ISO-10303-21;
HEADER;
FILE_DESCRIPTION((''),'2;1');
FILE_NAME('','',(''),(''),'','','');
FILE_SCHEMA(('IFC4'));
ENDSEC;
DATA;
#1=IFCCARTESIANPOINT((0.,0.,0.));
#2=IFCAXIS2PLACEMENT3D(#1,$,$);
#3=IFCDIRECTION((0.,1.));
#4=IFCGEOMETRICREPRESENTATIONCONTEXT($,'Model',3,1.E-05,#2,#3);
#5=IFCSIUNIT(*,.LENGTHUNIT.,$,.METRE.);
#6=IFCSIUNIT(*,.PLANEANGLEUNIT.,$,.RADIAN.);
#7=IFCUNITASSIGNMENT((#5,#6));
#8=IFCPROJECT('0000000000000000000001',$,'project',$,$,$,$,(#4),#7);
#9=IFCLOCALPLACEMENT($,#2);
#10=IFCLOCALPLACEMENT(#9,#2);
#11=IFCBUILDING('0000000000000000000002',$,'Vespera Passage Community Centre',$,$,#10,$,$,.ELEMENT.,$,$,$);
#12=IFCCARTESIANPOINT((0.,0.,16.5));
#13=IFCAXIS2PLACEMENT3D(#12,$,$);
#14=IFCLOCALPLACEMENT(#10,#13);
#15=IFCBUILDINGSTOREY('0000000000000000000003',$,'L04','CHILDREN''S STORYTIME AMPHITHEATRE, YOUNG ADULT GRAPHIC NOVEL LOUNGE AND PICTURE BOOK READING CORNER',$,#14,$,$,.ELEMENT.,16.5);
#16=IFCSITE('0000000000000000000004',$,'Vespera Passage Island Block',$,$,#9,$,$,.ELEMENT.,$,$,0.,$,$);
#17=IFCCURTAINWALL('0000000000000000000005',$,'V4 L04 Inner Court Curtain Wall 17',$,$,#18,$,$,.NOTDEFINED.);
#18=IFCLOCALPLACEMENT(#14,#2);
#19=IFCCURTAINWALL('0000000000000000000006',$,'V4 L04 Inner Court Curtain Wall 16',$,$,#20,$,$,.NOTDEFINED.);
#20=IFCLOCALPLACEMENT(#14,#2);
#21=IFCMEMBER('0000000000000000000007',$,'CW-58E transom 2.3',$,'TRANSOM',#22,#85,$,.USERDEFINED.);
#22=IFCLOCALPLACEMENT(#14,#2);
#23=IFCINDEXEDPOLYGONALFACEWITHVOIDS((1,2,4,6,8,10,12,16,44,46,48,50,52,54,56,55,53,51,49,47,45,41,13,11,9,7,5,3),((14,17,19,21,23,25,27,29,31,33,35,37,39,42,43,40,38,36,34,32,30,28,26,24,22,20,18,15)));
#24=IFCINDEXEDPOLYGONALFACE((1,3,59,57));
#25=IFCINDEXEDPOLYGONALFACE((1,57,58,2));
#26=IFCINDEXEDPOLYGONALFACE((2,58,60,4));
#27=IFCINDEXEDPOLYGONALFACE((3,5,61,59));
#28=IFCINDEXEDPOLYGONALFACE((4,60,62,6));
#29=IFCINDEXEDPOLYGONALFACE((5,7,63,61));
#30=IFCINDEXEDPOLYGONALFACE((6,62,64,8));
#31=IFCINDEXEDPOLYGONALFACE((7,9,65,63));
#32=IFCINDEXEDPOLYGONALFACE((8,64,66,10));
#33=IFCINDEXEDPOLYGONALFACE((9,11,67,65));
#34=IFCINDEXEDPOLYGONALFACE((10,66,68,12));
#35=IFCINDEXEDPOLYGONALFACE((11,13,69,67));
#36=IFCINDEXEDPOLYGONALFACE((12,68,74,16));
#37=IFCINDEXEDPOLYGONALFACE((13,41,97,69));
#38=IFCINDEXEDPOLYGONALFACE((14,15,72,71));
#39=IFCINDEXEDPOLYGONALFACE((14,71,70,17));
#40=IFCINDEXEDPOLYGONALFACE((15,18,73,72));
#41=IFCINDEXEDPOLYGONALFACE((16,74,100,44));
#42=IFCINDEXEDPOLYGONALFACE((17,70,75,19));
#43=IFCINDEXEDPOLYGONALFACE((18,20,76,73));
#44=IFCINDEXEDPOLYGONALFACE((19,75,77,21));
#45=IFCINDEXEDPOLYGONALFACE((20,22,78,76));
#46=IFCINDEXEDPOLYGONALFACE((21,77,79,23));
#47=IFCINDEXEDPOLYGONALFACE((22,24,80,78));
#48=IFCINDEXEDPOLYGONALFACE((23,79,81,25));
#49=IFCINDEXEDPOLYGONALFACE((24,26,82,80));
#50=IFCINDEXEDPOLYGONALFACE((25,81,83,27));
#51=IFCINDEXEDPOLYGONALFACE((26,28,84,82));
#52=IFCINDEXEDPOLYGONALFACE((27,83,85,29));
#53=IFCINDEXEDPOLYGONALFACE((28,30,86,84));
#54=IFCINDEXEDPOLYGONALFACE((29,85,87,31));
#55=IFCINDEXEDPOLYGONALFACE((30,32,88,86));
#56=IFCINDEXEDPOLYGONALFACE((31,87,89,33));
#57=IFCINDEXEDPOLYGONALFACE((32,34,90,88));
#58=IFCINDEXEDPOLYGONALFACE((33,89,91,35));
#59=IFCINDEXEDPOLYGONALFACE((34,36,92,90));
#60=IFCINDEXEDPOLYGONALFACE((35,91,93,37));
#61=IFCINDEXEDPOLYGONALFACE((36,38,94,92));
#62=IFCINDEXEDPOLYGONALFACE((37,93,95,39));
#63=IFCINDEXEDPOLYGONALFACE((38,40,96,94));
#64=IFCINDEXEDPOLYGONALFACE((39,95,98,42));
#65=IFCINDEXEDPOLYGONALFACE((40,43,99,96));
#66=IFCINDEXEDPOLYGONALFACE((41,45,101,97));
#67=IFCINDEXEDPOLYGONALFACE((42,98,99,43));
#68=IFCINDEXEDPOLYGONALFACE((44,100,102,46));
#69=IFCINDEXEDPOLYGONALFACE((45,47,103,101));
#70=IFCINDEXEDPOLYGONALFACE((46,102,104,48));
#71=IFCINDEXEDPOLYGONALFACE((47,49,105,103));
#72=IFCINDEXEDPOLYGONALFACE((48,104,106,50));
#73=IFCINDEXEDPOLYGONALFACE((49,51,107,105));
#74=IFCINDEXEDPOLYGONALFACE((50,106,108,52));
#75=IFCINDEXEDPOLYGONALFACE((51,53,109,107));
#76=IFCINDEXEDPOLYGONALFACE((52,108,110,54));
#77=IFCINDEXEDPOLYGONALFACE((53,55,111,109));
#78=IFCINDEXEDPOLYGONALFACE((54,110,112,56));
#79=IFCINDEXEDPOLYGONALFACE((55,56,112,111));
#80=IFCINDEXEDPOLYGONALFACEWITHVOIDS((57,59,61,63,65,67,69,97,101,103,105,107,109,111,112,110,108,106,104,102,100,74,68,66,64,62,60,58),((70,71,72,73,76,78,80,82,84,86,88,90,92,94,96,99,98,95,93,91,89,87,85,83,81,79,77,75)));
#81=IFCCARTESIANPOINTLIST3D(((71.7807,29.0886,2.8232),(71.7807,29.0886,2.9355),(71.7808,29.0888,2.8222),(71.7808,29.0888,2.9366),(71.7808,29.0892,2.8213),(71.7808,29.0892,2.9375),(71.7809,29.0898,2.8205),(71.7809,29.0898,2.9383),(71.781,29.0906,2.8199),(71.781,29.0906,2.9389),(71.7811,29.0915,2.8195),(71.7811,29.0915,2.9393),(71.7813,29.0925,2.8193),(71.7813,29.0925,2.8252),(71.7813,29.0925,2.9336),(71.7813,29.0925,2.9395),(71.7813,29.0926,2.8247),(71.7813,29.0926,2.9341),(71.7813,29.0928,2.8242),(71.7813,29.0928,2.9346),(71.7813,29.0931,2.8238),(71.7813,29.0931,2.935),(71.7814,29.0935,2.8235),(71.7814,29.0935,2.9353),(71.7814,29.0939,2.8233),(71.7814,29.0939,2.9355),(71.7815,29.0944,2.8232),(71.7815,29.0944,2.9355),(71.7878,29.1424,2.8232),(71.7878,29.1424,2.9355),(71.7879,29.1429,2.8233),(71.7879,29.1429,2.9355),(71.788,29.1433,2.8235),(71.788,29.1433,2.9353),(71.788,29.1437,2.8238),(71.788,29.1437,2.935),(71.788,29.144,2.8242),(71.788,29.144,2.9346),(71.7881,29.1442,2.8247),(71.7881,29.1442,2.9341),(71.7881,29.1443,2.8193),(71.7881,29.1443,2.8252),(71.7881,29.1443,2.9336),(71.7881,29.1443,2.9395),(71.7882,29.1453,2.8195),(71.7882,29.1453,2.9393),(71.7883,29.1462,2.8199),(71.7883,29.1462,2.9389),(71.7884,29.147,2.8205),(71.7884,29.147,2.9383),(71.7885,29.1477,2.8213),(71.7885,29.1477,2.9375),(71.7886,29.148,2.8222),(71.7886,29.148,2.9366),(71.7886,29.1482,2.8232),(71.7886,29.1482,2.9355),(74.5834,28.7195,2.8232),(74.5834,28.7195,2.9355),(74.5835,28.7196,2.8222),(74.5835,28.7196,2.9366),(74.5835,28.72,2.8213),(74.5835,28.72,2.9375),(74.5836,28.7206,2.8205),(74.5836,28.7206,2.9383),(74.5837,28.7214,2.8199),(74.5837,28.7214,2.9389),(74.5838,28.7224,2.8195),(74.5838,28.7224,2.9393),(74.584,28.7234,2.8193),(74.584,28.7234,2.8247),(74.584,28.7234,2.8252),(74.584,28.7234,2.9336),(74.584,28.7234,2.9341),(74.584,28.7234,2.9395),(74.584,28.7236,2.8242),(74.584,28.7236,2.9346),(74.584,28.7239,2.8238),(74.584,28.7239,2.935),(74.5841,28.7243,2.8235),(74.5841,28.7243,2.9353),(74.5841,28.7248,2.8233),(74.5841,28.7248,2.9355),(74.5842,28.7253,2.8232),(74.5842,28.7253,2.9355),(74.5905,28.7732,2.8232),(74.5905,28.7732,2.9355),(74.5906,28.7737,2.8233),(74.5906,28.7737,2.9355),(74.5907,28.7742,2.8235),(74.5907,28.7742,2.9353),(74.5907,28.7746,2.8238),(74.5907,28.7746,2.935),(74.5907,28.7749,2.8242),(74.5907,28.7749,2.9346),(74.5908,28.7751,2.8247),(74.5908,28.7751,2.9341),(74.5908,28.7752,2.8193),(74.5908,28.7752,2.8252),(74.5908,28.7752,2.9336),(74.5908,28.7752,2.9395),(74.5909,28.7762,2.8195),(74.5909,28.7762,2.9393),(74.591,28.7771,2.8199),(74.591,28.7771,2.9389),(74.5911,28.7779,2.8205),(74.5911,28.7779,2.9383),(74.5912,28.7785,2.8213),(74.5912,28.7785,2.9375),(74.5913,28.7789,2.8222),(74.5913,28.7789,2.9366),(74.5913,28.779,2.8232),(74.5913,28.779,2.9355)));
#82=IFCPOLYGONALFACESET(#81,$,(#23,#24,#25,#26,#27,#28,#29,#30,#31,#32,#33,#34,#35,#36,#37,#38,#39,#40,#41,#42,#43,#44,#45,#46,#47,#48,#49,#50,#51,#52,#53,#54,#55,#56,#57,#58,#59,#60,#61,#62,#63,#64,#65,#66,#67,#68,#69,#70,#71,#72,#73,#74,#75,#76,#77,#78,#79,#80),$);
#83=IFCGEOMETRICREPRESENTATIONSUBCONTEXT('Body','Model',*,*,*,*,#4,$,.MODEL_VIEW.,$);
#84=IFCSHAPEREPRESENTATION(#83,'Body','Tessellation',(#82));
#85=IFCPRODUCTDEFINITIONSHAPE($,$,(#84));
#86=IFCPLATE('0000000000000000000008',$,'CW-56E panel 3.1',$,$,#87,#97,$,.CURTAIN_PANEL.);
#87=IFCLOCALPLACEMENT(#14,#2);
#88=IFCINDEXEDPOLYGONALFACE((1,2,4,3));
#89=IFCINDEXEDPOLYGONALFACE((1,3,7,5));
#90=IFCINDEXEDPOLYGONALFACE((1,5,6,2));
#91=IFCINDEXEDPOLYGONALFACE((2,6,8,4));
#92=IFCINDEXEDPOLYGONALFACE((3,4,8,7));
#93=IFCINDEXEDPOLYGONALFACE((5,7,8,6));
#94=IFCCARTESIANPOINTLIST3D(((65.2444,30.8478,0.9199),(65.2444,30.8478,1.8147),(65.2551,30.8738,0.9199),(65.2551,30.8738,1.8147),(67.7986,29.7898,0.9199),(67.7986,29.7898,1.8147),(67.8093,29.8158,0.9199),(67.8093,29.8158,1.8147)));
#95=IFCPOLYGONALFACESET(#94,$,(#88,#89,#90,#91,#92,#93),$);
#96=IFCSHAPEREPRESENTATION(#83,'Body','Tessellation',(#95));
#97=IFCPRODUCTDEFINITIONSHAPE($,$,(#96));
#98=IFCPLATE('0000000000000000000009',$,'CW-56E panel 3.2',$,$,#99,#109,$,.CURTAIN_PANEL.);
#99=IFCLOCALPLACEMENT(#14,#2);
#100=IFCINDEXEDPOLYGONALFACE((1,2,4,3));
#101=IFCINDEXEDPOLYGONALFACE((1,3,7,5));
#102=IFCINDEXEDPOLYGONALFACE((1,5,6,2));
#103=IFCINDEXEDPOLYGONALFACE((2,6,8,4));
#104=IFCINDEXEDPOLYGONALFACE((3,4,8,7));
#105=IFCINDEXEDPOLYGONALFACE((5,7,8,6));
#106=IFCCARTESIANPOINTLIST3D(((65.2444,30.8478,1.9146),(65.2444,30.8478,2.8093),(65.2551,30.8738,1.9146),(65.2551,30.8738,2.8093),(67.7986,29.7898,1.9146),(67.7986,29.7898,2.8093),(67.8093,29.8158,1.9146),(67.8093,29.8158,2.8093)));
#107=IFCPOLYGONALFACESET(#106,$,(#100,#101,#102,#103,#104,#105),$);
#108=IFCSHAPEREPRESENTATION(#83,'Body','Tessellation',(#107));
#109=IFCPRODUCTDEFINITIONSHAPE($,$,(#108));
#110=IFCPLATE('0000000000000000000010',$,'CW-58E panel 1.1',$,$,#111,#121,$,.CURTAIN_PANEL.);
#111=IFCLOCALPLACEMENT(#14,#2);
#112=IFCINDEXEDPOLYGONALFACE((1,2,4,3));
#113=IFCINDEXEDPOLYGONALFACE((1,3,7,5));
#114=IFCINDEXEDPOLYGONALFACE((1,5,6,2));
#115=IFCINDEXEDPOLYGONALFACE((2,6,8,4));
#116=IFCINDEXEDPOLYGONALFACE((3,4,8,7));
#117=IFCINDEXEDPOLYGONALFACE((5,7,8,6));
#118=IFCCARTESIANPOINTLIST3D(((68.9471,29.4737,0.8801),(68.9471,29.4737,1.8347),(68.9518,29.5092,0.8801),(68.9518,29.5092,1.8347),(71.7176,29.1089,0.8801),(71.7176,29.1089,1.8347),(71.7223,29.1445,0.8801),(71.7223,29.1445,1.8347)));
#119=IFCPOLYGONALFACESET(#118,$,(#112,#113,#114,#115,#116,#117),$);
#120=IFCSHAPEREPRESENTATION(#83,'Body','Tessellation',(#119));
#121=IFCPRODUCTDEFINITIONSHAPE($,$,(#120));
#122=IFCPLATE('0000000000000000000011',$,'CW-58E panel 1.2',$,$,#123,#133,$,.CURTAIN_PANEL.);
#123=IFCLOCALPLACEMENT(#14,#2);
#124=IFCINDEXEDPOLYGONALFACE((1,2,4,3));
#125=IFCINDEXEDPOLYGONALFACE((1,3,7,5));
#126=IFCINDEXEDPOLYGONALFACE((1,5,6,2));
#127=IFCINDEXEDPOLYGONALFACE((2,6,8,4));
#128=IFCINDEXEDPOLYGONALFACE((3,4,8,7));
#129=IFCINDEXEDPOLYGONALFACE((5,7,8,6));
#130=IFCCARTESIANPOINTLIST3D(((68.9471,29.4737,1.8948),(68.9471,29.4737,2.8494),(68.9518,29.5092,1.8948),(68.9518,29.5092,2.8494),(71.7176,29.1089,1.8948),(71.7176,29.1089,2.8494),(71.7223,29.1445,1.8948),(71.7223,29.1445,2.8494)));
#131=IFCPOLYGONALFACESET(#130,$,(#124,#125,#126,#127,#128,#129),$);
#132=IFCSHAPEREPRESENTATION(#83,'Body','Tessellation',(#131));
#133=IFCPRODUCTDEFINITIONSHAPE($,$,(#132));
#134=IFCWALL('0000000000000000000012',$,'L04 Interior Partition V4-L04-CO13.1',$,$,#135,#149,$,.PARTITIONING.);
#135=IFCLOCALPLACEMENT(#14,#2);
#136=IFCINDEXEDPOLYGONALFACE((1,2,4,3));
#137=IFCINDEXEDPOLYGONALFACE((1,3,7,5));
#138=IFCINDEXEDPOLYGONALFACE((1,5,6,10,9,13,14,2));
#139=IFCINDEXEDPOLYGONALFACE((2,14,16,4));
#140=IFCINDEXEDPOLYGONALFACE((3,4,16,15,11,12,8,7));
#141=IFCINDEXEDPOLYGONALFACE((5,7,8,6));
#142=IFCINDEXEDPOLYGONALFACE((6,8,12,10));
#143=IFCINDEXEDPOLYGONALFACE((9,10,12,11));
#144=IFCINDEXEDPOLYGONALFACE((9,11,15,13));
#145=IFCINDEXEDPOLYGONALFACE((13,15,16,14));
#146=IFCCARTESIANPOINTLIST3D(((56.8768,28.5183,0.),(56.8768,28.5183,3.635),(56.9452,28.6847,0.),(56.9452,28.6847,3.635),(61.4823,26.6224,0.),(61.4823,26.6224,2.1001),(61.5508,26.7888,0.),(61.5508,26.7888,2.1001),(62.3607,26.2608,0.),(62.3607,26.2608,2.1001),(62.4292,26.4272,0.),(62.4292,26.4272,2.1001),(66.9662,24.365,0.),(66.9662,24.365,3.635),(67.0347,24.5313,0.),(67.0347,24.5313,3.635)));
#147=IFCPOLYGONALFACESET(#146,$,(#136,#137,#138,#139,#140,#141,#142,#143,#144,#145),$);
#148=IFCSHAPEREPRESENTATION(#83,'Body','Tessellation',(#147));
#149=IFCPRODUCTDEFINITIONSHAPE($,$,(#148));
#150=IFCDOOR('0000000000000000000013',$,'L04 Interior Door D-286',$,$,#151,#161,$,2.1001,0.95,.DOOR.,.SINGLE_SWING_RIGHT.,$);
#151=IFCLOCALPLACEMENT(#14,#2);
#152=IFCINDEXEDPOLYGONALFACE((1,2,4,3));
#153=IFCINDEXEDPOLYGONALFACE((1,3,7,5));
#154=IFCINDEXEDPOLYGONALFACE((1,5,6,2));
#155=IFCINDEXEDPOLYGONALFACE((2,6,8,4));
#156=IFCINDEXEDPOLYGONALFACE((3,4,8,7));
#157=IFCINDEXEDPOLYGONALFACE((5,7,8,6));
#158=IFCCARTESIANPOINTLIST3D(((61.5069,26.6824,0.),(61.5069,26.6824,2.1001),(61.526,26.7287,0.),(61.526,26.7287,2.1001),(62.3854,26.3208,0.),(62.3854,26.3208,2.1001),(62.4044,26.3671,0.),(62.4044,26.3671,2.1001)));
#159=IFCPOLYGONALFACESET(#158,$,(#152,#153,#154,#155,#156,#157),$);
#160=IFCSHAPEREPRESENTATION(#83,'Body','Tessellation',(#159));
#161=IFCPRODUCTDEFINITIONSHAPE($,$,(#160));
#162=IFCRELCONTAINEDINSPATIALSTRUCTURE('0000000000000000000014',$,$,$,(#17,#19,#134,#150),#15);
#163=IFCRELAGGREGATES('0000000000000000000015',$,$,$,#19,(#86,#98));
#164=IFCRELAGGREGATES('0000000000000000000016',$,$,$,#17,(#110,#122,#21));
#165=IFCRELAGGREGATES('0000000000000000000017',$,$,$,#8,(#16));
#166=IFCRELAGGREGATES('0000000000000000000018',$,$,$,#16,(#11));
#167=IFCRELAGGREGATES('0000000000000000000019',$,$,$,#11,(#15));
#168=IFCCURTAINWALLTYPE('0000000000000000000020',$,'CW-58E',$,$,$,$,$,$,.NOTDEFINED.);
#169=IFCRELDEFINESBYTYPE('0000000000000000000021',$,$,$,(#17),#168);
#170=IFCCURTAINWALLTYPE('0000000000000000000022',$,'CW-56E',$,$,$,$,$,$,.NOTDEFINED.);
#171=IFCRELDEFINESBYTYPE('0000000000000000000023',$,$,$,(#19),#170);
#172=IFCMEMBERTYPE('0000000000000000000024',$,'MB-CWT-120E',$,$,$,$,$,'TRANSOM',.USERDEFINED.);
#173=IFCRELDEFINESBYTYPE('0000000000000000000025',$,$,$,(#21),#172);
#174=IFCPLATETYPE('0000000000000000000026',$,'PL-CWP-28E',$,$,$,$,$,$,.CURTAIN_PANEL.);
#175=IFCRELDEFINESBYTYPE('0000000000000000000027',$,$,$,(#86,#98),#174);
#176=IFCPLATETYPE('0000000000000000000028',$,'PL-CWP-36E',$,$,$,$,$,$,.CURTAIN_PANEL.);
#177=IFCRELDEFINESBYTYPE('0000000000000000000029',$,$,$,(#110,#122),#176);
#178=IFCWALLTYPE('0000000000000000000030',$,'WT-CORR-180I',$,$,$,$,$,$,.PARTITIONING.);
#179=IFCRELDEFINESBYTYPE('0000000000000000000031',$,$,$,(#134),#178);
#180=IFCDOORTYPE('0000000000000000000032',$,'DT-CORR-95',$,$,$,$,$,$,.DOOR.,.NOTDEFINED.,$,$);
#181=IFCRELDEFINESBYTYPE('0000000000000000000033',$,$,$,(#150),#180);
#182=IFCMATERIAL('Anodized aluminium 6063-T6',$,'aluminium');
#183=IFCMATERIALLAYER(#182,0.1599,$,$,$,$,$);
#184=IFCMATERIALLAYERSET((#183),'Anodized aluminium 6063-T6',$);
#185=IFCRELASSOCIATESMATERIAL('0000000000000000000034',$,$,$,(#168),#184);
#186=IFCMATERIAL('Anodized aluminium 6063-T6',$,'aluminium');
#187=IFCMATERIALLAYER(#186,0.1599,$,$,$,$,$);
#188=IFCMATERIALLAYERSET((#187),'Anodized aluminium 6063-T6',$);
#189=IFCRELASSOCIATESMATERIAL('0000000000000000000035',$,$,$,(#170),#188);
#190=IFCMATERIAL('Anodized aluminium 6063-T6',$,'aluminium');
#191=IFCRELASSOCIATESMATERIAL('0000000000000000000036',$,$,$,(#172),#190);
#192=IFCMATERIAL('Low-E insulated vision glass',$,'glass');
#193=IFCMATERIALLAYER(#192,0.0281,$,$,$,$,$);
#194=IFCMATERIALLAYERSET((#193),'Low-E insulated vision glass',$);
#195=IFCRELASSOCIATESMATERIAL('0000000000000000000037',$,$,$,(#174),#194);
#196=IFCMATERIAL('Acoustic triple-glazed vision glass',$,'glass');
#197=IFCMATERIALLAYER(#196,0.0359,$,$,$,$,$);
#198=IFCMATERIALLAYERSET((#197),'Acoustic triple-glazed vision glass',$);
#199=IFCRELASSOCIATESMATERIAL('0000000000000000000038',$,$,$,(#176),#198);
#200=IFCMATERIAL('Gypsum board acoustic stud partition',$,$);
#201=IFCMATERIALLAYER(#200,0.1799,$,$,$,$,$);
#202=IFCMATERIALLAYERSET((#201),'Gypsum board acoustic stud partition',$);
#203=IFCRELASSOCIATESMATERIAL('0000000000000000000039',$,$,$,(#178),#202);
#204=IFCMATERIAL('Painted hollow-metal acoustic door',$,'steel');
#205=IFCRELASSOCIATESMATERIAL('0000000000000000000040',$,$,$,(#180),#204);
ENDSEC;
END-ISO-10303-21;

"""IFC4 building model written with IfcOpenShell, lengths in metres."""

from ifc_helpers import new_model, si_unit, direction, frame, frame_2d, origin, origin_2d, place, context, subcontext, project, spatial, rectangle, hollow_rectangle, extrude, material, layer, layer_set, material_profile, profile_set, type_object, element, fill, aggregate, save


model = new_model("IFC4")

# Units and contexts
model_context = context("Model", 3, precision=1e-05, world=origin(), true_north=direction((0.0, 1.0)))
body_context = subcontext(model_context, "Body", "Model", "MODEL_VIEW")
ifc_project = project(units=[si_unit("LENGTHUNIT", "METRE"), si_unit("PLANEANGLEUNIT", "RADIAN")], contexts=[model_context])

# Site, building, storey
site_placement = place(None, origin())
site = spatial("IfcSite", under=ifc_project, at=site_placement, Name="Vespera Passage Island Block", CompositionType="ELEMENT", RefElevation=0.0)
building_placement = place(site_placement, origin())
building = spatial("IfcBuilding", under=site, at=building_placement, Name="Vespera Passage Community Centre", CompositionType="ELEMENT")
storey_placement = place(building_placement, frame((0.0, 0.0, 16.5)))
storey = spatial("IfcBuildingStorey", under=building, at=storey_placement, Name="L04", Description="CHILDREN'S STORYTIME AMPHITHEATRE, YOUNG ADULT GRAPHIC NOVEL LOUNGE AND PICTURE BOOK READING CORNER", CompositionType="ELEMENT", Elevation=16.5)

# Curtain walls
ifc_material_1 = material(Name="Anodized aluminium 6063-T6", Category="aluminium")
ifc_layer_1 = layer(ifc_material_1, 0.1599)
ifc_layer_set_1 = layer_set([ifc_layer_1], Name="Anodized aluminium 6063-T6")
curtain_wall_type_1 = type_object("IfcCurtainWallType", Name="CW-58E", PredefinedType="NOTDEFINED", material=ifc_layer_set_1)
curtain_wall_1_placement = place(storey_placement, origin())
curtain_wall_1 = element("IfcCurtainWall", 1, at=curtain_wall_1_placement, inside=storey, type_object=curtain_wall_type_1, Name="V4 L04 Inner Court Curtain Wall 17", PredefinedType="NOTDEFINED")
ifc_material_2 = material(Name="Anodized aluminium 6063-T6", Category="aluminium")
ifc_layer_2 = layer(ifc_material_2, 0.1599)
ifc_layer_set_2 = layer_set([ifc_layer_2], Name="Anodized aluminium 6063-T6")
curtain_wall_type_2 = type_object("IfcCurtainWallType", Name="CW-56E", PredefinedType="NOTDEFINED", material=ifc_layer_set_2)
curtain_wall_2_placement = place(storey_placement, origin())
curtain_wall_2 = element("IfcCurtainWall", 2, at=curtain_wall_2_placement, inside=storey, type_object=curtain_wall_type_2, Name="V4 L04 Inner Court Curtain Wall 16", PredefinedType="NOTDEFINED")

# Member
ifc_material_3 = material(Name="Anodized aluminium 6063-T6", Category="aluminium")
ifc_material_profile_1 = material_profile(ifc_material_3, hollow_rectangle(XDim=0.0601, YDim=0.1201, WallThickness=0.0039, InnerFilletRadius=0.002, OuterFilletRadius=0.0039, at=origin_2d()), Name="ALU120X60X4")
ifc_profile_set_1 = profile_set([ifc_material_profile_1], Name="Anodized aluminium 6063-T6")
member_type_1 = type_object("IfcMemberType", Name="MB-CWT-120E", ElementType="TRANSOM", PredefinedType="USERDEFINED", material=ifc_profile_set_1)
member_1_placement = place(storey_placement, frame((71.7847, 29.1184, 2.8794), z_axis=(0.991438, -0.13058, 0.0), x_axis=(0.13058, 0.991438, 0.0)))
member_1 = element("IfcMember", 3, at=member_1_placement, type_object=member_type_1, Name="CW-58E transom 2.3", ObjectType="TRANSOM", PredefinedType="USERDEFINED", context=body_context, shape_type="SweptSolid", body=[
    extrude(hollow_rectangle(XDim=0.0601, YDim=0.1201, WallThickness=0.0039, InnerFilletRadius=0.002, OuterFilletRadius=0.0039, at=origin_2d()), origin(), (0.0, 0.0, 1.0), 2.8269),
])

# Plates
ifc_material_4 = material(Name="Low-E insulated vision glass", Category="glass")
ifc_layer_3 = layer(ifc_material_4, 0.0281)
ifc_layer_set_3 = layer_set([ifc_layer_3], Name="Low-E insulated vision glass")
plate_type_1 = type_object("IfcPlateType", Name="PL-CWP-28E", PredefinedType="CURTAIN_PANEL", material=ifc_layer_set_3)
plate_1_placement = place(storey_placement, frame((66.5269, 30.3318, 0.9199), z_axis=(0.0, 0.0, 1.0), x_axis=(0.923877, -0.38269, 0.0)))
plate_1 = element("IfcPlate", 4, at=plate_1_placement, type_object=plate_type_1, Name="CW-56E panel 3.1", PredefinedType="CURTAIN_PANEL", context=body_context, shape_type="SweptSolid", body=[
    extrude(rectangle(XDim=2.7646, YDim=0.0281, at=origin_2d()), origin(), (0.0, 0.0, 1.0), 0.8948),
])
plate_2_placement = place(storey_placement, frame((66.5269, 30.3318, 1.9146), z_axis=(0.0, 0.0, 1.0), x_axis=(0.923877, -0.38269, 0.0)))
plate_2 = element("IfcPlate", 5, at=plate_2_placement, type_object=plate_type_1, Name="CW-56E panel 3.2", PredefinedType="CURTAIN_PANEL", context=body_context, shape_type="SweptSolid", body=[
    extrude(rectangle(XDim=2.7646, YDim=0.0281, at=origin_2d()), origin(), (0.0, 0.0, 1.0), 0.8948),
])
aggregate(curtain_wall_2, [plate_1, plate_2])
ifc_material_5 = material(Name="Acoustic triple-glazed vision glass", Category="glass")
ifc_layer_4 = layer(ifc_material_5, 0.0359)
ifc_layer_set_4 = layer_set([ifc_layer_4], Name="Acoustic triple-glazed vision glass")
plate_type_2 = type_object("IfcPlateType", Name="PL-CWP-36E", PredefinedType="CURTAIN_PANEL", material=ifc_layer_set_4)
plate_3_placement = place(storey_placement, frame((70.3347, 29.3091, 0.8801), z_axis=(0.0, 0.0, 1.0), x_axis=(0.991445, -0.130522, 0.0)))
plate_3 = element("IfcPlate", 6, at=plate_3_placement, type_object=plate_type_2, Name="CW-58E panel 1.1", PredefinedType="CURTAIN_PANEL", context=body_context, shape_type="SweptSolid", body=[
    extrude(rectangle(XDim=2.7944, YDim=0.0359, at=origin_2d()), origin(), (0.0, 0.0, 1.0), 0.9546),
])
plate_4_placement = place(storey_placement, frame((70.3347, 29.3091, 1.8948), z_axis=(0.0, 0.0, 1.0), x_axis=(0.991445, -0.130522, 0.0)))
plate_4 = element("IfcPlate", 7, at=plate_4_placement, type_object=plate_type_2, Name="CW-58E panel 1.2", PredefinedType="CURTAIN_PANEL", context=body_context, shape_type="SweptSolid", body=[
    extrude(rectangle(XDim=2.7944, YDim=0.0359, at=origin_2d()), origin(), (0.0, 0.0, 1.0), 0.9546),
])
aggregate(curtain_wall_1, [plate_3, plate_4, member_1])

# Wall, opening, door
ifc_material_6 = material(Name="Gypsum board acoustic stud partition")
ifc_layer_5 = layer(ifc_material_6, 0.1799)
ifc_layer_set_5 = layer_set([ifc_layer_5], Name="Gypsum board acoustic stud partition")
wall_type_1 = type_object("IfcWallType", Name="WT-CORR-180I", PredefinedType="PARTITIONING", material=ifc_layer_set_5)
wall_1_placement = place(storey_placement, frame((56.9109, 28.6016, 0.0), z_axis=(0.0, 0.0, 1.0), x_axis=(0.924714, -0.380662, 0.0)))
wall_1 = element("IfcWall", 8, at=wall_1_placement, inside=storey, type_object=wall_type_1, Name="L04 Interior Partition V4-L04-CO13.1", PredefinedType="PARTITIONING", context=body_context, shape_type="SweptSolid", body=[
    extrude(rectangle(XDim=10.9109, YDim=0.1799, at=frame_2d((5.4556, 0.0))), origin(), (0.0, 0.0, 1.0), 3.635),
])
opening_1_placement = place(wall_1_placement, frame((4.9805, 0.0, 0.0)))
opening_1 = element("IfcOpeningElement", 9, at=opening_1_placement, cuts=wall_1, PredefinedType="OPENING", context=body_context, shape_type="SweptSolid", body=[
    extrude(rectangle(XDim=0.95, YDim=2.1001, at=frame_2d((0.4751, 1.05))), frame((0.0, 0.0999, 0.0), z_axis=(0.0, -1.0, 0.0), x_axis=(1.0, 0.0, 0.0)), (0.0, 0.0, 1.0), 0.2),
])
ifc_material_7 = material(Name="Painted hollow-metal acoustic door", Category="steel")
door_type_1 = type_object("IfcDoorType", Name="DT-CORR-95", OperationType="NOTDEFINED", PredefinedType="DOOR", material=ifc_material_7)
door_1_placement = place(opening_1_placement, origin())
door_1 = element("IfcDoor", 10, at=door_1_placement, inside=storey, type_object=door_type_1, Name="L04 Interior Door D-286", OperationType="SINGLE_SWING_RIGHT", OverallHeight=2.1001, OverallWidth=0.95, PredefinedType="DOOR", context=body_context, shape_type="SweptSolid", body=[
    extrude(rectangle(XDim=0.95, YDim=2.1001, at=frame_2d((0.4751, 1.05))), frame((0.0, 0.0249, 0.0), z_axis=(0.0, -1.0, 0.0), x_axis=(1.0, 0.0, 0.0)), (0.0, 0.0, 1.0), 0.05),
])
fill(opening_1, door_1)

save(model, "model.ifc")
